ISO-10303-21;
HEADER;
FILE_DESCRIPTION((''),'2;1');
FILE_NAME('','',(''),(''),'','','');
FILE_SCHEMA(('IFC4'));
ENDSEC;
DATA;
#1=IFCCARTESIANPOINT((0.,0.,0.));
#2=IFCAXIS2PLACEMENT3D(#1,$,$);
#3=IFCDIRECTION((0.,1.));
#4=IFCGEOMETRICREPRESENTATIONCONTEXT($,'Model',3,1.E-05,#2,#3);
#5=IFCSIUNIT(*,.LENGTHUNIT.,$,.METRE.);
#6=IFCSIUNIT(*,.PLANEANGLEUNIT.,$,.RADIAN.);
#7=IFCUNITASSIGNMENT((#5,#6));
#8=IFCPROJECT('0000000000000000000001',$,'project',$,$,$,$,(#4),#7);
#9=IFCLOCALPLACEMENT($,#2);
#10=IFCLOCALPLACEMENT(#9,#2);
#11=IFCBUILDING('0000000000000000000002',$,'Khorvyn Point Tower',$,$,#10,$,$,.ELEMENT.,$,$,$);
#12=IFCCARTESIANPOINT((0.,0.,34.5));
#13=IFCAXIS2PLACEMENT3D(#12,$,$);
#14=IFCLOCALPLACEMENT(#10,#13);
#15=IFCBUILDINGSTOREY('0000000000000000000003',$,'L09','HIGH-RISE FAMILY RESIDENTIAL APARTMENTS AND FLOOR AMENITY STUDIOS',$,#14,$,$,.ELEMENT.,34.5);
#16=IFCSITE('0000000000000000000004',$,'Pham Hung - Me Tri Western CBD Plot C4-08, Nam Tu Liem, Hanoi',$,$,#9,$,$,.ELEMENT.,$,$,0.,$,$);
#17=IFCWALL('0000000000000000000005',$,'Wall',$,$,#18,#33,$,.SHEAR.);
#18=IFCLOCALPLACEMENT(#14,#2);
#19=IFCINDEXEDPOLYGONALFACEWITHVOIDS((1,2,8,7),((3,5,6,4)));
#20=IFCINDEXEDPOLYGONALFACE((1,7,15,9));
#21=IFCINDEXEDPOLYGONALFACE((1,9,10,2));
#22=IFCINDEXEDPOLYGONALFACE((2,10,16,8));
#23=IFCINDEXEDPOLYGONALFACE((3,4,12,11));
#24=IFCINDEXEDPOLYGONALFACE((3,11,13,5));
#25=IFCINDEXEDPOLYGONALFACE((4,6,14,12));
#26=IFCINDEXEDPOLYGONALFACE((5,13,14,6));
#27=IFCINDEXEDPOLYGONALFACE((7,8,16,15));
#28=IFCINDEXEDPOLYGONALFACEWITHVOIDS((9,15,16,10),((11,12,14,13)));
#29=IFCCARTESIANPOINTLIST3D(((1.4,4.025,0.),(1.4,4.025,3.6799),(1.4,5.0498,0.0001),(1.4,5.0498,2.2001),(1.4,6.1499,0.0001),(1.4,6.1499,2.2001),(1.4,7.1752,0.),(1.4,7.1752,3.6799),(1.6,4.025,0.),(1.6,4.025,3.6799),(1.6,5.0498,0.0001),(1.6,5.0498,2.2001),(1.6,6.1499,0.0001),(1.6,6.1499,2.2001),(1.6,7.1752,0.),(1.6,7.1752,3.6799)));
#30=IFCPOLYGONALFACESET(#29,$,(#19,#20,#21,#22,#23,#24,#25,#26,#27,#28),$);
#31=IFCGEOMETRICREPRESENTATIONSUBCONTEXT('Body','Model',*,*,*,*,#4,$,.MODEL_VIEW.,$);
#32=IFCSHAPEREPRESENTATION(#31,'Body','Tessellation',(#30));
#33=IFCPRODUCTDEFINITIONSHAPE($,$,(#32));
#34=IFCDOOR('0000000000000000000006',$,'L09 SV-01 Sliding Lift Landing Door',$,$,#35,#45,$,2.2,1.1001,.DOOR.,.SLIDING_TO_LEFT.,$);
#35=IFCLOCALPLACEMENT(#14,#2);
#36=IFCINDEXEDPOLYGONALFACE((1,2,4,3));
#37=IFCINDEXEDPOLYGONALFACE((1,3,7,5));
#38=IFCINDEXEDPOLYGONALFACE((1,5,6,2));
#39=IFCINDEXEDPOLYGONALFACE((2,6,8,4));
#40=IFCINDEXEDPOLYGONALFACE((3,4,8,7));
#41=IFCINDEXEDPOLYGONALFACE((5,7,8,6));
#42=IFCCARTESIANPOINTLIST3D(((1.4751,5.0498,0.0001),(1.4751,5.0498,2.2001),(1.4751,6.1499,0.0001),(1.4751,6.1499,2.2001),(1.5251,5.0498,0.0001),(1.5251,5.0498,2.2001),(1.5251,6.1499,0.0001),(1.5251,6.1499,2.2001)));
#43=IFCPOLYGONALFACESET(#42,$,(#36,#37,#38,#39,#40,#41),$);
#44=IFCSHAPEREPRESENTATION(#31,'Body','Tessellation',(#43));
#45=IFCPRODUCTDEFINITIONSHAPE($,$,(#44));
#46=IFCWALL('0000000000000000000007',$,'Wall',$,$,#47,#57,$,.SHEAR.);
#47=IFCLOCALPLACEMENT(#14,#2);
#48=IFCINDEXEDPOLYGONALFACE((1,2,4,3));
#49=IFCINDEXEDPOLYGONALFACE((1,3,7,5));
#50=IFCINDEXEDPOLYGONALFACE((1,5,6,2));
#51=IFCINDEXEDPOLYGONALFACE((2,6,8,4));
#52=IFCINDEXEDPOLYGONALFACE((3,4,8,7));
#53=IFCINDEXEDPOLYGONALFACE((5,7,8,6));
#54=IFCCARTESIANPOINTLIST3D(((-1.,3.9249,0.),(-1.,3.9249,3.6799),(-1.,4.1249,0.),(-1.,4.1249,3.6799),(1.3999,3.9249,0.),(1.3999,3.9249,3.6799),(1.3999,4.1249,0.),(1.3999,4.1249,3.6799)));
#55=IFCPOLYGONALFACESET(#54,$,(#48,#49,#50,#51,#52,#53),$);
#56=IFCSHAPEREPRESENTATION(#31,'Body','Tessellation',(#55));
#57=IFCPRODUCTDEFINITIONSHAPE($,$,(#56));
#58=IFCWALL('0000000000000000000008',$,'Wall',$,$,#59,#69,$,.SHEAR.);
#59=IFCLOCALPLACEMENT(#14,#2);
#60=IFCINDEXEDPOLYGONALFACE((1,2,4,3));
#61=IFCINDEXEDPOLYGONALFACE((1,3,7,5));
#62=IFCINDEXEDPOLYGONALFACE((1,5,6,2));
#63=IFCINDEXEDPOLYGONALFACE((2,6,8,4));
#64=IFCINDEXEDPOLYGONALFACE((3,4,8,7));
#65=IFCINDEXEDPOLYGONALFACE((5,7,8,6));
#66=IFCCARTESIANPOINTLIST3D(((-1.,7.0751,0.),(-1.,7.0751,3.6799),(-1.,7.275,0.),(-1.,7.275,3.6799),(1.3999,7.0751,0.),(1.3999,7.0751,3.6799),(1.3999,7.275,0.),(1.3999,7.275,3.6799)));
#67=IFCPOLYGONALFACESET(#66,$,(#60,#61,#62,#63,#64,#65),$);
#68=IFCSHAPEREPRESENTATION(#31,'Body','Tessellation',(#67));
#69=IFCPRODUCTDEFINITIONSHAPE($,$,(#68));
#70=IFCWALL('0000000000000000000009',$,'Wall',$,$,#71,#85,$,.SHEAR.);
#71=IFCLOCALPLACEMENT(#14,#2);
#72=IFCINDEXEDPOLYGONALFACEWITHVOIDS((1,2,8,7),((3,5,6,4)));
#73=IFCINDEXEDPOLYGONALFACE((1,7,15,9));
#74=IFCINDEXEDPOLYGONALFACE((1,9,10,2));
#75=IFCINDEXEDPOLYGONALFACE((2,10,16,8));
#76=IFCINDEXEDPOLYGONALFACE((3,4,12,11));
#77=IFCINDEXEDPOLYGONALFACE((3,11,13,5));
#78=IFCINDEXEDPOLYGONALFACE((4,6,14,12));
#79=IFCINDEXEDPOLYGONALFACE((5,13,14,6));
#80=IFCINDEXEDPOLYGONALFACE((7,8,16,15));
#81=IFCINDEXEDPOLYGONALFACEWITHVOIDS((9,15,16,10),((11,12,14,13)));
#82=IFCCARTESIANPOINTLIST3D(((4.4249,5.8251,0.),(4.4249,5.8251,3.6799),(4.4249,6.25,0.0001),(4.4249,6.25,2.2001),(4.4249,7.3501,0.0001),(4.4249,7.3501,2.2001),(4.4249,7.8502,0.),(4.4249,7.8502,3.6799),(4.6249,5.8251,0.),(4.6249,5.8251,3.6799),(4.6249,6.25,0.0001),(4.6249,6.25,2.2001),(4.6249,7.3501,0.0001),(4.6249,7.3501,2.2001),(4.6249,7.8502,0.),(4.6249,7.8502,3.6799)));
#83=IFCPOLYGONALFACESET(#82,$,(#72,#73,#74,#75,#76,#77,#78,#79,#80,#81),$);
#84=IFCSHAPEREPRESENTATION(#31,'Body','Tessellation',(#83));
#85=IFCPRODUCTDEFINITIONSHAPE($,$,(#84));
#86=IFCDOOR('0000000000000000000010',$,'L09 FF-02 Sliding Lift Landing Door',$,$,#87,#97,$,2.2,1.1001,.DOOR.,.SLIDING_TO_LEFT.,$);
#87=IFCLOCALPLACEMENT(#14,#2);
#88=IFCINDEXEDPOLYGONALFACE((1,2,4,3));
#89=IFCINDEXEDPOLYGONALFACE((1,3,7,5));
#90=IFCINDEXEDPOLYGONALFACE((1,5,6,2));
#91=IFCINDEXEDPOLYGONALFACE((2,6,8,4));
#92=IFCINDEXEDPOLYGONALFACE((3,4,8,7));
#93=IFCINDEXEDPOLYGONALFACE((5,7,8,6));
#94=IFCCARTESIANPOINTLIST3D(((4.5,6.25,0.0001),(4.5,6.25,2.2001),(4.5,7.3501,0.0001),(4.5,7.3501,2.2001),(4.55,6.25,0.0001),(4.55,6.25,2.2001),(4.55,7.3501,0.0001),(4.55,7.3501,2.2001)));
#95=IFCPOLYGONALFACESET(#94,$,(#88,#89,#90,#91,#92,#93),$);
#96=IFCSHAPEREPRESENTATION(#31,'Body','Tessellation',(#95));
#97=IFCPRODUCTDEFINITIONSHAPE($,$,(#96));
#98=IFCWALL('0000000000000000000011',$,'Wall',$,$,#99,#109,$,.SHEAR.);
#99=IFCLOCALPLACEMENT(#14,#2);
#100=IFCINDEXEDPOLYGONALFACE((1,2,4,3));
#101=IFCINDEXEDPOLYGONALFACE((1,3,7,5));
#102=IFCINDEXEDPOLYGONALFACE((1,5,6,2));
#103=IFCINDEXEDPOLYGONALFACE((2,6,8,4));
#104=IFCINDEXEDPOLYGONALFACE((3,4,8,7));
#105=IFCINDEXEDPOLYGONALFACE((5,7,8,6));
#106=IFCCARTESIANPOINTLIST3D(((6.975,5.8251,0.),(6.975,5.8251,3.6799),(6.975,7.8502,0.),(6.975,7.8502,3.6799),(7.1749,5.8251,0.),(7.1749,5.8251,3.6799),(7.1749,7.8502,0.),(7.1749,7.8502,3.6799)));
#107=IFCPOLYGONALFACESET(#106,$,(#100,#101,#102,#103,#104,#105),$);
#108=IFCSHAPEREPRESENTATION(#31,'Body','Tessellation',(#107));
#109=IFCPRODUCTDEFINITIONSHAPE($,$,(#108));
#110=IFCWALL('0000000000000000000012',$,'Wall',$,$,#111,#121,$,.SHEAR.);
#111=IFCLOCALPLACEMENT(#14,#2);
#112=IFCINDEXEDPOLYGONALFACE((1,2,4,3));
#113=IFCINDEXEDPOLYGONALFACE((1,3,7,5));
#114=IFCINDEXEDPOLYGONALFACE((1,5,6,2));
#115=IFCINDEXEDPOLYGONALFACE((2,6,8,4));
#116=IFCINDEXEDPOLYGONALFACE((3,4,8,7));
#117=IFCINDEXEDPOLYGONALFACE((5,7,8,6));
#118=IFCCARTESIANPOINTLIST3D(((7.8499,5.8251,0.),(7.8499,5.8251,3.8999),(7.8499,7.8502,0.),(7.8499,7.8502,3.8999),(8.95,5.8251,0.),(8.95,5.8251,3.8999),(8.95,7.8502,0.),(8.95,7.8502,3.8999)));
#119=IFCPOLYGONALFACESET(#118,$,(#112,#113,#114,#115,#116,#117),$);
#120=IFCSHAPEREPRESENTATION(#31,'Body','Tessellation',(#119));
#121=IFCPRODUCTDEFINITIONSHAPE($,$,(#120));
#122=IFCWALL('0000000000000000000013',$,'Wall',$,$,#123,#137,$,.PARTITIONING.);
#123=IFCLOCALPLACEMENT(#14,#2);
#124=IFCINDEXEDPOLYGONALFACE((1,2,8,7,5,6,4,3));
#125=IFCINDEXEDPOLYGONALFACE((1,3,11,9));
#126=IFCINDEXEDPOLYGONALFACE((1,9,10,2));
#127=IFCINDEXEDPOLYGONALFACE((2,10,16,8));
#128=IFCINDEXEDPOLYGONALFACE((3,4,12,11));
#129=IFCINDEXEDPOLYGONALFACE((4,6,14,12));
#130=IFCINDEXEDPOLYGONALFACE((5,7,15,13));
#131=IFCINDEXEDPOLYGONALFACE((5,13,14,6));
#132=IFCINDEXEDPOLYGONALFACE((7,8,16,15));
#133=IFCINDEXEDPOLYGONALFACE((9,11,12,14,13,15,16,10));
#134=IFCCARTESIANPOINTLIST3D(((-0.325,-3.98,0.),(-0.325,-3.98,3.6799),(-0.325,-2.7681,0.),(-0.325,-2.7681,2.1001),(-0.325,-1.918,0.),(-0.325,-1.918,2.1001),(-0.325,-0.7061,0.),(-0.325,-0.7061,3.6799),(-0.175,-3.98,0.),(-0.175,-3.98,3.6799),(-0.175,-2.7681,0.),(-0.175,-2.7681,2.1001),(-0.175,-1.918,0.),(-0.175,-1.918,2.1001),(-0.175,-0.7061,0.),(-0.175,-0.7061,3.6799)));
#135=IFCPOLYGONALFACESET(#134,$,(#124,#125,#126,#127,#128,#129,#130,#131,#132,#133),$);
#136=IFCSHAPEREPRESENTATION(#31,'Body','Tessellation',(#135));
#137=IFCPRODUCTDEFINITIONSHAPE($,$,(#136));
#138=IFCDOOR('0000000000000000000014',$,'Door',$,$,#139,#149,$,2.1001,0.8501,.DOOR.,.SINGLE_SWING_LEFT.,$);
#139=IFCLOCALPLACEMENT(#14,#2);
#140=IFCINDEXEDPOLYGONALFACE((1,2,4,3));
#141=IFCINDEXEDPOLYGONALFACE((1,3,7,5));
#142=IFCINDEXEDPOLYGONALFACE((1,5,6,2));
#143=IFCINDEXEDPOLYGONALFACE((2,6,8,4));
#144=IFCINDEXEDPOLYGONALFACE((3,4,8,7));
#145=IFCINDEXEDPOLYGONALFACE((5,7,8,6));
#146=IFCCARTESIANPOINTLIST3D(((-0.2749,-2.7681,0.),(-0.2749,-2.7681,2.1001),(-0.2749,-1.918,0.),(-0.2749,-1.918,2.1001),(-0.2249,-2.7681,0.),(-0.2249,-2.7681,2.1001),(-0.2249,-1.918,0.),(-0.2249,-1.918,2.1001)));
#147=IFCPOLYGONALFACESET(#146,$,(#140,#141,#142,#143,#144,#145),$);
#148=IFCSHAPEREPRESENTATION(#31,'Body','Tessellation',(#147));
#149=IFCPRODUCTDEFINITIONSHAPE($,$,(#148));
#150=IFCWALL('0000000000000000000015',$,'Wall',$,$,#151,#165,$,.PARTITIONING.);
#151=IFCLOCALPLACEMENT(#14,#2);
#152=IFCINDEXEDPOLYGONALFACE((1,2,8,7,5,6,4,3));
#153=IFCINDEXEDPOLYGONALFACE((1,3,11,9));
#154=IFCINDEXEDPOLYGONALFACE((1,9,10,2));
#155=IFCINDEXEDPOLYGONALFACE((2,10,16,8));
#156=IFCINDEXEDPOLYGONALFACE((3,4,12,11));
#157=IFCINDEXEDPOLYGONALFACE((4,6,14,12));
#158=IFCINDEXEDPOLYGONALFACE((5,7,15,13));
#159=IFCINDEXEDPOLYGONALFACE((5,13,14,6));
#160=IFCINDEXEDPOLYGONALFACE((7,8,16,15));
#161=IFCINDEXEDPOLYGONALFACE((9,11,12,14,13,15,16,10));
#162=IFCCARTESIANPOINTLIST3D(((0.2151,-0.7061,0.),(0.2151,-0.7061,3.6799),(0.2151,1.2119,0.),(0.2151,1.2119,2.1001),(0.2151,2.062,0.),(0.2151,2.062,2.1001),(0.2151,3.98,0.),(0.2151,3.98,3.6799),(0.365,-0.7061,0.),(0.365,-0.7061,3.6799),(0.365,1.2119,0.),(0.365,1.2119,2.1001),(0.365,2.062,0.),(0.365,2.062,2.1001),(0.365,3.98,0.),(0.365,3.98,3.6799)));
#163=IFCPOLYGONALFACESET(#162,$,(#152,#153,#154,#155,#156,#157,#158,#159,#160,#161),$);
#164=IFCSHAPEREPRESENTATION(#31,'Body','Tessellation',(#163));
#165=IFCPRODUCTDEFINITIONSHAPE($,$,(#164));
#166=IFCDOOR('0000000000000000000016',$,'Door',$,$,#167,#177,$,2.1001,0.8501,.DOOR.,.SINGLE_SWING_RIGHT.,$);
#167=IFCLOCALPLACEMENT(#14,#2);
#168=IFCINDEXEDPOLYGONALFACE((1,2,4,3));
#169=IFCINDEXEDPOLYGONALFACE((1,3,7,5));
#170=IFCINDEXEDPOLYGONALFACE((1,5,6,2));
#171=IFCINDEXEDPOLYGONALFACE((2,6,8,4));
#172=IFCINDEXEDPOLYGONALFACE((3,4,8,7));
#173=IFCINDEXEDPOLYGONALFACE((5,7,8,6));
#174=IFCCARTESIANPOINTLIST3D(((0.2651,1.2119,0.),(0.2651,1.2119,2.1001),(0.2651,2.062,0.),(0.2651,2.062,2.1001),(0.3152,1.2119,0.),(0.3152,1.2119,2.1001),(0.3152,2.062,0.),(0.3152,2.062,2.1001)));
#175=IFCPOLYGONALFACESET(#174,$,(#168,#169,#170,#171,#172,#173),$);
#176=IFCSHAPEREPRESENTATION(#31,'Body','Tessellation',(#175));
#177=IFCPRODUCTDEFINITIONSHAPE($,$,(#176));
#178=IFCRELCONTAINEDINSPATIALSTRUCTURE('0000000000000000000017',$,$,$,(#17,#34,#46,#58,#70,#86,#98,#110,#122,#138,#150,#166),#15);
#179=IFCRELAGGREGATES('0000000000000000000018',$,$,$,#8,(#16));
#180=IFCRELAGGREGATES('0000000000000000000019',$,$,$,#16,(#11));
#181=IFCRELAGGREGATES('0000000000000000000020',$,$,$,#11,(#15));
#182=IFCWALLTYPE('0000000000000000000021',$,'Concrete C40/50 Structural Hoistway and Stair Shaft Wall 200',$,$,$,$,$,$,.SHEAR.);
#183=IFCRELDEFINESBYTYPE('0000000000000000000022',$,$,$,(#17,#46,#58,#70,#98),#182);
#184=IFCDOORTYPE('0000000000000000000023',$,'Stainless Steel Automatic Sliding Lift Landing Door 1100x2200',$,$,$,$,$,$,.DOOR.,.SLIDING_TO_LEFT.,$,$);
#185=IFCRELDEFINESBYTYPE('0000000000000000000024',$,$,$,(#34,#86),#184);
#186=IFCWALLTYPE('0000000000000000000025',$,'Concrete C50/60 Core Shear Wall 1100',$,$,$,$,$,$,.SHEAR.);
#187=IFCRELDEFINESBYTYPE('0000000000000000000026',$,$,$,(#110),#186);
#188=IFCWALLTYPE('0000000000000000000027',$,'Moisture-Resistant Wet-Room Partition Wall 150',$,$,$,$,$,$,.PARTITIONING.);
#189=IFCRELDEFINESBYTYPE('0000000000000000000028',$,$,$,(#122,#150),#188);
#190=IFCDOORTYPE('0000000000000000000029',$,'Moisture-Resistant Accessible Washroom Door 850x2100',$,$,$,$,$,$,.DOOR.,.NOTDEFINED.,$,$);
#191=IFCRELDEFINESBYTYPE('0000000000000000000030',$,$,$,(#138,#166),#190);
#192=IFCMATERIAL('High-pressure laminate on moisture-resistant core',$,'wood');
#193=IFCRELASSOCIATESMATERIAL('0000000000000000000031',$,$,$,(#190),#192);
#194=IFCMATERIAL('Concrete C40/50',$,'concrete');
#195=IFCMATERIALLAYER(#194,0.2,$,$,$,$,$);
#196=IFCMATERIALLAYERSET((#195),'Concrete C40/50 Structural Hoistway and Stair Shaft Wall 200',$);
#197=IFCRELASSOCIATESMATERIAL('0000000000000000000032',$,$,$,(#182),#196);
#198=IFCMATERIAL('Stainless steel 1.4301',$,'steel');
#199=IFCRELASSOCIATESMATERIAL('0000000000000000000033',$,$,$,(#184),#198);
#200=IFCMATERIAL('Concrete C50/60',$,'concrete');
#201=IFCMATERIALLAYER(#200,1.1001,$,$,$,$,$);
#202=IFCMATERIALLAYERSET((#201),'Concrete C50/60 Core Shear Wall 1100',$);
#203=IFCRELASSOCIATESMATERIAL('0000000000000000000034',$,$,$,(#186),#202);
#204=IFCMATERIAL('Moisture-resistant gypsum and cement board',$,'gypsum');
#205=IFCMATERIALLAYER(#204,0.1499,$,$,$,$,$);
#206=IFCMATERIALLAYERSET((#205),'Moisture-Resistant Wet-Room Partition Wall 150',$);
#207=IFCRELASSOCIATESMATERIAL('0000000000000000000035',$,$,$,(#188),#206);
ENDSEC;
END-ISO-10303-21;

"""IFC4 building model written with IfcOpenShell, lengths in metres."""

from ifc_helpers import new_model, si_unit, direction, frame, frame_2d, origin, place, context, subcontext, project, spatial, rectangle, extrude, material, layer, layer_set, type_object, element, fill, save


model = new_model("IFC4")

# Units and contexts
model_context = context("Model", 3, precision=1e-05, world=origin(), true_north=direction((0.0, 1.0)))
body_context = subcontext(model_context, "Body", "Model", "MODEL_VIEW")
ifc_project = project(units=[si_unit("LENGTHUNIT", "METRE"), si_unit("PLANEANGLEUNIT", "RADIAN")], contexts=[model_context])

# Site, building, storey
site_placement = place(None, origin())
site = spatial("IfcSite", under=ifc_project, at=site_placement, Name="Pham Hung - Me Tri Western CBD Plot C4-08, Nam Tu Liem, Hanoi", CompositionType="ELEMENT", RefElevation=0.0)
building_placement = place(site_placement, origin())
building = spatial("IfcBuilding", under=site, at=building_placement, Name="Khorvyn Point Tower", CompositionType="ELEMENT")
storey_placement = place(building_placement, frame((0.0, 0.0, 34.5)))
storey = spatial("IfcBuildingStorey", under=building, at=storey_placement, Name="L09", Description="HIGH-RISE FAMILY RESIDENTIAL APARTMENTS AND FLOOR AMENITY STUDIOS", CompositionType="ELEMENT", Elevation=34.5)

# Shared definitions
ifc_material_1 = material(Name="Concrete C40/50", Category="concrete")

# Shared definitions
ifc_material_2 = material(Name="High-pressure laminate on moisture-resistant core", Category="wood")
door_type_1 = type_object("IfcDoorType", Name="Moisture-Resistant Accessible Washroom Door 850x2100", OperationType="NOTDEFINED", PredefinedType="DOOR", material=ifc_material_2)

# Shared definitions
ifc_layer_1 = layer(ifc_material_1, 0.2)
ifc_layer_set_1 = layer_set([ifc_layer_1], Name="Concrete C40/50 Structural Hoistway and Stair Shaft Wall 200")
wall_type_1 = type_object("IfcWallType", Name="Concrete C40/50 Structural Hoistway and Stair Shaft Wall 200", PredefinedType="SHEAR", material=ifc_layer_set_1)

# Wall, opening, door
wall_1_placement = place(storey_placement, frame((1.5, 4.0249, 0.0), z_axis=(0.0, 0.0, 1.0), x_axis=(0.0, 1.0, 0.0)))
wall_1 = element("IfcWall", 1, at=wall_1_placement, inside=storey, type_object=wall_type_1, Name="Wall", PredefinedType="SHEAR", context=body_context, shape_type="SweptSolid", body=[
    extrude(rectangle(XDim=3.1501, YDim=0.2, at=frame_2d((1.5752, 0.0))), origin(), (0.0, 0.0, 1.0), 3.6799),
])
opening_1_placement = place(wall_1_placement, frame((1.0249, 0.0, 0.0)))
opening_1 = element("IfcOpeningElement", 2, at=opening_1_placement, cuts=wall_1, PredefinedType="OPENING", context=body_context, shape_type="SweptSolid", body=[
    extrude(rectangle(XDim=1.1001, YDim=2.2, at=frame_2d((0.55, 1.1001))), frame((0.0, 0.1099, 0.0), z_axis=(0.0, -1.0, 0.0), x_axis=(1.0, 0.0, 0.0)), (0.0, 0.0, 1.0), 0.22),
])
ifc_material_3 = material(Name="Stainless steel 1.4301", Category="steel")
door_type_2 = type_object("IfcDoorType", Name="Stainless Steel Automatic Sliding Lift Landing Door 1100x2200", OperationType="SLIDING_TO_LEFT", PredefinedType="DOOR", material=ifc_material_3)
door_1_placement = place(opening_1_placement, origin())
door_1 = element("IfcDoor", 3, at=door_1_placement, inside=storey, type_object=door_type_2, Name="L09 SV-01 Sliding Lift Landing Door", OperationType="SLIDING_TO_LEFT", OverallHeight=2.2, OverallWidth=1.1001, PredefinedType="DOOR", context=body_context, shape_type="SweptSolid", body=[
    extrude(rectangle(XDim=1.1001, YDim=2.2, at=frame_2d((0.55, 1.1001))), frame((0.0, 0.0249, 0.0), z_axis=(0.0, -1.0, 0.0), x_axis=(1.0, 0.0, 0.0)), (0.0, 0.0, 1.0), 0.05),
])
fill(opening_1, door_1)

# Walls
for number, where, z_axis, x_axis, name in (
    (4, (-1.0, 4.0249, 0.0), (0.0, 0.0, 1.0), (1.0, 0.0, 0.0), "Wall"),
    (5, (-1.0, 7.175, 0.0), (0.0, 0.0, 1.0), (1.0, 0.0, 0.0), "Wall"),
):
    element("IfcWall", number, at=place(storey_placement, frame(where, z_axis=z_axis, x_axis=x_axis)), inside=storey, type_object=wall_type_1, Name=name, PredefinedType="SHEAR", context=body_context, shape_type="SweptSolid", body=[
        extrude(rectangle(XDim=2.3999, YDim=0.2, at=frame_2d((1.2, 0.0))), origin(), (0.0, 0.0, 1.0), 3.6799),
    ])

# Wall, opening, door
wall_2_placement = place(storey_placement, frame((4.5249, 5.825, 0.0), z_axis=(0.0, 0.0, 1.0), x_axis=(0.0, 1.0, 0.0)))
wall_2 = element("IfcWall", 6, at=wall_2_placement, inside=storey, type_object=wall_type_1, Name="Wall", PredefinedType="SHEAR", context=body_context, shape_type="SweptSolid", body=[
    extrude(rectangle(XDim=2.0251, YDim=0.2, at=frame_2d((1.0127, 0.0))), origin(), (0.0, 0.0, 1.0), 3.6799),
])
opening_2_placement = place(wall_2_placement, frame((0.425, 0.0, 0.0)))
opening_2 = element("IfcOpeningElement", 7, at=opening_2_placement, cuts=wall_2, PredefinedType="OPENING", context=body_context, shape_type="SweptSolid", body=[
    extrude(rectangle(XDim=1.1001, YDim=2.2, at=frame_2d((0.55, 1.1001))), frame((0.0, 0.1099, 0.0), z_axis=(0.0, -1.0, 0.0), x_axis=(1.0, 0.0, 0.0)), (0.0, 0.0, 1.0), 0.22),
])
door_2_placement = place(opening_2_placement, origin())
door_2 = element("IfcDoor", 8, at=door_2_placement, inside=storey, type_object=door_type_2, Name="L09 FF-02 Sliding Lift Landing Door", OperationType="SLIDING_TO_LEFT", OverallHeight=2.2, OverallWidth=1.1001, PredefinedType="DOOR", context=body_context, shape_type="SweptSolid", body=[
    extrude(rectangle(XDim=1.1001, YDim=2.2, at=frame_2d((0.55, 1.1001))), frame((0.0, 0.0249, 0.0), z_axis=(0.0, -1.0, 0.0), x_axis=(1.0, 0.0, 0.0)), (0.0, 0.0, 1.0), 0.05),
])
fill(opening_2, door_2)

# Walls
wall_3_placement = place(storey_placement, frame((7.075, 5.825, 0.0), z_axis=(0.0, 0.0, 1.0), x_axis=(0.0, 1.0, 0.0)))
element("IfcWall", 9, at=wall_3_placement, inside=storey, type_object=wall_type_1, Name="Wall", PredefinedType="SHEAR", context=body_context, shape_type="SweptSolid", body=[
    extrude(rectangle(XDim=2.0251, YDim=0.2, at=frame_2d((1.0127, 0.0))), origin(), (0.0, 0.0, 1.0), 3.6799),
])
ifc_material_4 = material(Name="Concrete C50/60", Category="concrete")
ifc_layer_2 = layer(ifc_material_4, 1.1001)
ifc_layer_set_2 = layer_set([ifc_layer_2], Name="Concrete C50/60 Core Shear Wall 1100")
wall_type_2 = type_object("IfcWallType", Name="Concrete C50/60 Core Shear Wall 1100", PredefinedType="SHEAR", material=ifc_layer_set_2)
wall_4_placement = place(storey_placement, frame((8.3999, 5.825, 0.0), z_axis=(0.0, 0.0, 1.0), x_axis=(0.0, 1.0, 0.0)))
element("IfcWall", 10, at=wall_4_placement, inside=storey, type_object=wall_type_2, Name="Wall", PredefinedType="SHEAR", context=body_context, shape_type="SweptSolid", body=[
    extrude(rectangle(XDim=2.0251, YDim=1.1001, at=frame_2d((1.0127, 0.0))), origin(), (0.0, 0.0, 1.0), 3.8999),
])

# Walls, openings, doors
ifc_material_5 = material(Name="Moisture-resistant gypsum and cement board", Category="gypsum")
ifc_layer_3 = layer(ifc_material_5, 0.1499)
ifc_layer_set_3 = layer_set([ifc_layer_3], Name="Moisture-Resistant Wet-Room Partition Wall 150")
wall_type_3 = type_object("IfcWallType", Name="Moisture-Resistant Wet-Room Partition Wall 150", PredefinedType="PARTITIONING", material=ifc_layer_set_3)
wall_5_placement = place(storey_placement, frame((-0.25, -3.98, 0.0), z_axis=(0.0, 0.0, 1.0), x_axis=(0.0, 1.0, 0.0)))
wall_5 = element("IfcWall", 11, at=wall_5_placement, inside=storey, type_object=wall_type_3, Name="Wall", PredefinedType="PARTITIONING", context=body_context, shape_type="SweptSolid", body=[
    extrude(rectangle(XDim=3.2739, YDim=0.1499, at=frame_2d((1.637, 0.0))), origin(), (0.0, 0.0, 1.0), 3.6799),
])
opening_3_placement = place(wall_5_placement, frame((1.2119, 0.0, 0.0)))
opening_3 = element("IfcOpeningElement", 12, at=opening_3_placement, cuts=wall_5, PredefinedType="OPENING", context=body_context, shape_type="SweptSolid", body=[
    extrude(rectangle(XDim=0.8501, YDim=2.1001, at=frame_2d((0.425, 1.05))), frame((0.0, 0.085, 0.0), z_axis=(0.0, -1.0, 0.0), x_axis=(1.0, 0.0, 0.0)), (0.0, 0.0, 1.0), 0.1699),
])
door_3_placement = place(opening_3_placement, origin())
door_3 = element("IfcDoor", 13, at=door_3_placement, inside=storey, type_object=door_type_1, Name="Door", OperationType="SINGLE_SWING_LEFT", OverallHeight=2.1001, OverallWidth=0.8501, PredefinedType="DOOR", context=body_context, shape_type="SweptSolid", body=[
    extrude(rectangle(XDim=0.8501, YDim=2.1001, at=frame_2d((0.425, 1.05))), frame((0.0, 0.0249, 0.0), z_axis=(0.0, -1.0, 0.0), x_axis=(1.0, 0.0, 0.0)), (0.0, 0.0, 1.0), 0.05),
])
fill(opening_3, door_3)
wall_6_placement = place(storey_placement, frame((0.29, -0.7061, 0.0), z_axis=(0.0, 0.0, 1.0), x_axis=(0.0, 1.0, 0.0)))
wall_6 = element("IfcWall", 14, at=wall_6_placement, inside=storey, type_object=wall_type_3, Name="Wall", PredefinedType="PARTITIONING", context=body_context, shape_type="SweptSolid", body=[
    extrude(rectangle(XDim=4.686, YDim=0.1499, at=frame_2d((2.343, 0.0))), origin(), (0.0, 0.0, 1.0), 3.6799),
])
opening_4_placement = place(wall_6_placement, frame((1.918, 0.0, 0.0)))
opening_4 = element("IfcOpeningElement", 15, at=opening_4_placement, cuts=wall_6, PredefinedType="OPENING", context=body_context, shape_type="SweptSolid", body=[
    extrude(rectangle(XDim=0.8501, YDim=2.1001, at=frame_2d((0.425, 1.05))), frame((0.0, 0.085, 0.0), z_axis=(0.0, -1.0, 0.0), x_axis=(1.0, 0.0, 0.0)), (0.0, 0.0, 1.0), 0.1699),
])
door_4_placement = place(opening_4_placement, origin())
door_4 = element("IfcDoor", 16, at=door_4_placement, inside=storey, type_object=door_type_1, Name="Door", OperationType="SINGLE_SWING_RIGHT", OverallHeight=2.1001, OverallWidth=0.8501, PredefinedType="DOOR", context=body_context, shape_type="SweptSolid", body=[
    extrude(rectangle(XDim=0.8501, YDim=2.1001, at=frame_2d((0.425, 1.05))), frame((0.0, 0.0249, 0.0), z_axis=(0.0, -1.0, 0.0), x_axis=(1.0, 0.0, 0.0)), (0.0, 0.0, 1.0), 0.05),
])
fill(opening_4, door_4)

save(model, "model.ifc")
